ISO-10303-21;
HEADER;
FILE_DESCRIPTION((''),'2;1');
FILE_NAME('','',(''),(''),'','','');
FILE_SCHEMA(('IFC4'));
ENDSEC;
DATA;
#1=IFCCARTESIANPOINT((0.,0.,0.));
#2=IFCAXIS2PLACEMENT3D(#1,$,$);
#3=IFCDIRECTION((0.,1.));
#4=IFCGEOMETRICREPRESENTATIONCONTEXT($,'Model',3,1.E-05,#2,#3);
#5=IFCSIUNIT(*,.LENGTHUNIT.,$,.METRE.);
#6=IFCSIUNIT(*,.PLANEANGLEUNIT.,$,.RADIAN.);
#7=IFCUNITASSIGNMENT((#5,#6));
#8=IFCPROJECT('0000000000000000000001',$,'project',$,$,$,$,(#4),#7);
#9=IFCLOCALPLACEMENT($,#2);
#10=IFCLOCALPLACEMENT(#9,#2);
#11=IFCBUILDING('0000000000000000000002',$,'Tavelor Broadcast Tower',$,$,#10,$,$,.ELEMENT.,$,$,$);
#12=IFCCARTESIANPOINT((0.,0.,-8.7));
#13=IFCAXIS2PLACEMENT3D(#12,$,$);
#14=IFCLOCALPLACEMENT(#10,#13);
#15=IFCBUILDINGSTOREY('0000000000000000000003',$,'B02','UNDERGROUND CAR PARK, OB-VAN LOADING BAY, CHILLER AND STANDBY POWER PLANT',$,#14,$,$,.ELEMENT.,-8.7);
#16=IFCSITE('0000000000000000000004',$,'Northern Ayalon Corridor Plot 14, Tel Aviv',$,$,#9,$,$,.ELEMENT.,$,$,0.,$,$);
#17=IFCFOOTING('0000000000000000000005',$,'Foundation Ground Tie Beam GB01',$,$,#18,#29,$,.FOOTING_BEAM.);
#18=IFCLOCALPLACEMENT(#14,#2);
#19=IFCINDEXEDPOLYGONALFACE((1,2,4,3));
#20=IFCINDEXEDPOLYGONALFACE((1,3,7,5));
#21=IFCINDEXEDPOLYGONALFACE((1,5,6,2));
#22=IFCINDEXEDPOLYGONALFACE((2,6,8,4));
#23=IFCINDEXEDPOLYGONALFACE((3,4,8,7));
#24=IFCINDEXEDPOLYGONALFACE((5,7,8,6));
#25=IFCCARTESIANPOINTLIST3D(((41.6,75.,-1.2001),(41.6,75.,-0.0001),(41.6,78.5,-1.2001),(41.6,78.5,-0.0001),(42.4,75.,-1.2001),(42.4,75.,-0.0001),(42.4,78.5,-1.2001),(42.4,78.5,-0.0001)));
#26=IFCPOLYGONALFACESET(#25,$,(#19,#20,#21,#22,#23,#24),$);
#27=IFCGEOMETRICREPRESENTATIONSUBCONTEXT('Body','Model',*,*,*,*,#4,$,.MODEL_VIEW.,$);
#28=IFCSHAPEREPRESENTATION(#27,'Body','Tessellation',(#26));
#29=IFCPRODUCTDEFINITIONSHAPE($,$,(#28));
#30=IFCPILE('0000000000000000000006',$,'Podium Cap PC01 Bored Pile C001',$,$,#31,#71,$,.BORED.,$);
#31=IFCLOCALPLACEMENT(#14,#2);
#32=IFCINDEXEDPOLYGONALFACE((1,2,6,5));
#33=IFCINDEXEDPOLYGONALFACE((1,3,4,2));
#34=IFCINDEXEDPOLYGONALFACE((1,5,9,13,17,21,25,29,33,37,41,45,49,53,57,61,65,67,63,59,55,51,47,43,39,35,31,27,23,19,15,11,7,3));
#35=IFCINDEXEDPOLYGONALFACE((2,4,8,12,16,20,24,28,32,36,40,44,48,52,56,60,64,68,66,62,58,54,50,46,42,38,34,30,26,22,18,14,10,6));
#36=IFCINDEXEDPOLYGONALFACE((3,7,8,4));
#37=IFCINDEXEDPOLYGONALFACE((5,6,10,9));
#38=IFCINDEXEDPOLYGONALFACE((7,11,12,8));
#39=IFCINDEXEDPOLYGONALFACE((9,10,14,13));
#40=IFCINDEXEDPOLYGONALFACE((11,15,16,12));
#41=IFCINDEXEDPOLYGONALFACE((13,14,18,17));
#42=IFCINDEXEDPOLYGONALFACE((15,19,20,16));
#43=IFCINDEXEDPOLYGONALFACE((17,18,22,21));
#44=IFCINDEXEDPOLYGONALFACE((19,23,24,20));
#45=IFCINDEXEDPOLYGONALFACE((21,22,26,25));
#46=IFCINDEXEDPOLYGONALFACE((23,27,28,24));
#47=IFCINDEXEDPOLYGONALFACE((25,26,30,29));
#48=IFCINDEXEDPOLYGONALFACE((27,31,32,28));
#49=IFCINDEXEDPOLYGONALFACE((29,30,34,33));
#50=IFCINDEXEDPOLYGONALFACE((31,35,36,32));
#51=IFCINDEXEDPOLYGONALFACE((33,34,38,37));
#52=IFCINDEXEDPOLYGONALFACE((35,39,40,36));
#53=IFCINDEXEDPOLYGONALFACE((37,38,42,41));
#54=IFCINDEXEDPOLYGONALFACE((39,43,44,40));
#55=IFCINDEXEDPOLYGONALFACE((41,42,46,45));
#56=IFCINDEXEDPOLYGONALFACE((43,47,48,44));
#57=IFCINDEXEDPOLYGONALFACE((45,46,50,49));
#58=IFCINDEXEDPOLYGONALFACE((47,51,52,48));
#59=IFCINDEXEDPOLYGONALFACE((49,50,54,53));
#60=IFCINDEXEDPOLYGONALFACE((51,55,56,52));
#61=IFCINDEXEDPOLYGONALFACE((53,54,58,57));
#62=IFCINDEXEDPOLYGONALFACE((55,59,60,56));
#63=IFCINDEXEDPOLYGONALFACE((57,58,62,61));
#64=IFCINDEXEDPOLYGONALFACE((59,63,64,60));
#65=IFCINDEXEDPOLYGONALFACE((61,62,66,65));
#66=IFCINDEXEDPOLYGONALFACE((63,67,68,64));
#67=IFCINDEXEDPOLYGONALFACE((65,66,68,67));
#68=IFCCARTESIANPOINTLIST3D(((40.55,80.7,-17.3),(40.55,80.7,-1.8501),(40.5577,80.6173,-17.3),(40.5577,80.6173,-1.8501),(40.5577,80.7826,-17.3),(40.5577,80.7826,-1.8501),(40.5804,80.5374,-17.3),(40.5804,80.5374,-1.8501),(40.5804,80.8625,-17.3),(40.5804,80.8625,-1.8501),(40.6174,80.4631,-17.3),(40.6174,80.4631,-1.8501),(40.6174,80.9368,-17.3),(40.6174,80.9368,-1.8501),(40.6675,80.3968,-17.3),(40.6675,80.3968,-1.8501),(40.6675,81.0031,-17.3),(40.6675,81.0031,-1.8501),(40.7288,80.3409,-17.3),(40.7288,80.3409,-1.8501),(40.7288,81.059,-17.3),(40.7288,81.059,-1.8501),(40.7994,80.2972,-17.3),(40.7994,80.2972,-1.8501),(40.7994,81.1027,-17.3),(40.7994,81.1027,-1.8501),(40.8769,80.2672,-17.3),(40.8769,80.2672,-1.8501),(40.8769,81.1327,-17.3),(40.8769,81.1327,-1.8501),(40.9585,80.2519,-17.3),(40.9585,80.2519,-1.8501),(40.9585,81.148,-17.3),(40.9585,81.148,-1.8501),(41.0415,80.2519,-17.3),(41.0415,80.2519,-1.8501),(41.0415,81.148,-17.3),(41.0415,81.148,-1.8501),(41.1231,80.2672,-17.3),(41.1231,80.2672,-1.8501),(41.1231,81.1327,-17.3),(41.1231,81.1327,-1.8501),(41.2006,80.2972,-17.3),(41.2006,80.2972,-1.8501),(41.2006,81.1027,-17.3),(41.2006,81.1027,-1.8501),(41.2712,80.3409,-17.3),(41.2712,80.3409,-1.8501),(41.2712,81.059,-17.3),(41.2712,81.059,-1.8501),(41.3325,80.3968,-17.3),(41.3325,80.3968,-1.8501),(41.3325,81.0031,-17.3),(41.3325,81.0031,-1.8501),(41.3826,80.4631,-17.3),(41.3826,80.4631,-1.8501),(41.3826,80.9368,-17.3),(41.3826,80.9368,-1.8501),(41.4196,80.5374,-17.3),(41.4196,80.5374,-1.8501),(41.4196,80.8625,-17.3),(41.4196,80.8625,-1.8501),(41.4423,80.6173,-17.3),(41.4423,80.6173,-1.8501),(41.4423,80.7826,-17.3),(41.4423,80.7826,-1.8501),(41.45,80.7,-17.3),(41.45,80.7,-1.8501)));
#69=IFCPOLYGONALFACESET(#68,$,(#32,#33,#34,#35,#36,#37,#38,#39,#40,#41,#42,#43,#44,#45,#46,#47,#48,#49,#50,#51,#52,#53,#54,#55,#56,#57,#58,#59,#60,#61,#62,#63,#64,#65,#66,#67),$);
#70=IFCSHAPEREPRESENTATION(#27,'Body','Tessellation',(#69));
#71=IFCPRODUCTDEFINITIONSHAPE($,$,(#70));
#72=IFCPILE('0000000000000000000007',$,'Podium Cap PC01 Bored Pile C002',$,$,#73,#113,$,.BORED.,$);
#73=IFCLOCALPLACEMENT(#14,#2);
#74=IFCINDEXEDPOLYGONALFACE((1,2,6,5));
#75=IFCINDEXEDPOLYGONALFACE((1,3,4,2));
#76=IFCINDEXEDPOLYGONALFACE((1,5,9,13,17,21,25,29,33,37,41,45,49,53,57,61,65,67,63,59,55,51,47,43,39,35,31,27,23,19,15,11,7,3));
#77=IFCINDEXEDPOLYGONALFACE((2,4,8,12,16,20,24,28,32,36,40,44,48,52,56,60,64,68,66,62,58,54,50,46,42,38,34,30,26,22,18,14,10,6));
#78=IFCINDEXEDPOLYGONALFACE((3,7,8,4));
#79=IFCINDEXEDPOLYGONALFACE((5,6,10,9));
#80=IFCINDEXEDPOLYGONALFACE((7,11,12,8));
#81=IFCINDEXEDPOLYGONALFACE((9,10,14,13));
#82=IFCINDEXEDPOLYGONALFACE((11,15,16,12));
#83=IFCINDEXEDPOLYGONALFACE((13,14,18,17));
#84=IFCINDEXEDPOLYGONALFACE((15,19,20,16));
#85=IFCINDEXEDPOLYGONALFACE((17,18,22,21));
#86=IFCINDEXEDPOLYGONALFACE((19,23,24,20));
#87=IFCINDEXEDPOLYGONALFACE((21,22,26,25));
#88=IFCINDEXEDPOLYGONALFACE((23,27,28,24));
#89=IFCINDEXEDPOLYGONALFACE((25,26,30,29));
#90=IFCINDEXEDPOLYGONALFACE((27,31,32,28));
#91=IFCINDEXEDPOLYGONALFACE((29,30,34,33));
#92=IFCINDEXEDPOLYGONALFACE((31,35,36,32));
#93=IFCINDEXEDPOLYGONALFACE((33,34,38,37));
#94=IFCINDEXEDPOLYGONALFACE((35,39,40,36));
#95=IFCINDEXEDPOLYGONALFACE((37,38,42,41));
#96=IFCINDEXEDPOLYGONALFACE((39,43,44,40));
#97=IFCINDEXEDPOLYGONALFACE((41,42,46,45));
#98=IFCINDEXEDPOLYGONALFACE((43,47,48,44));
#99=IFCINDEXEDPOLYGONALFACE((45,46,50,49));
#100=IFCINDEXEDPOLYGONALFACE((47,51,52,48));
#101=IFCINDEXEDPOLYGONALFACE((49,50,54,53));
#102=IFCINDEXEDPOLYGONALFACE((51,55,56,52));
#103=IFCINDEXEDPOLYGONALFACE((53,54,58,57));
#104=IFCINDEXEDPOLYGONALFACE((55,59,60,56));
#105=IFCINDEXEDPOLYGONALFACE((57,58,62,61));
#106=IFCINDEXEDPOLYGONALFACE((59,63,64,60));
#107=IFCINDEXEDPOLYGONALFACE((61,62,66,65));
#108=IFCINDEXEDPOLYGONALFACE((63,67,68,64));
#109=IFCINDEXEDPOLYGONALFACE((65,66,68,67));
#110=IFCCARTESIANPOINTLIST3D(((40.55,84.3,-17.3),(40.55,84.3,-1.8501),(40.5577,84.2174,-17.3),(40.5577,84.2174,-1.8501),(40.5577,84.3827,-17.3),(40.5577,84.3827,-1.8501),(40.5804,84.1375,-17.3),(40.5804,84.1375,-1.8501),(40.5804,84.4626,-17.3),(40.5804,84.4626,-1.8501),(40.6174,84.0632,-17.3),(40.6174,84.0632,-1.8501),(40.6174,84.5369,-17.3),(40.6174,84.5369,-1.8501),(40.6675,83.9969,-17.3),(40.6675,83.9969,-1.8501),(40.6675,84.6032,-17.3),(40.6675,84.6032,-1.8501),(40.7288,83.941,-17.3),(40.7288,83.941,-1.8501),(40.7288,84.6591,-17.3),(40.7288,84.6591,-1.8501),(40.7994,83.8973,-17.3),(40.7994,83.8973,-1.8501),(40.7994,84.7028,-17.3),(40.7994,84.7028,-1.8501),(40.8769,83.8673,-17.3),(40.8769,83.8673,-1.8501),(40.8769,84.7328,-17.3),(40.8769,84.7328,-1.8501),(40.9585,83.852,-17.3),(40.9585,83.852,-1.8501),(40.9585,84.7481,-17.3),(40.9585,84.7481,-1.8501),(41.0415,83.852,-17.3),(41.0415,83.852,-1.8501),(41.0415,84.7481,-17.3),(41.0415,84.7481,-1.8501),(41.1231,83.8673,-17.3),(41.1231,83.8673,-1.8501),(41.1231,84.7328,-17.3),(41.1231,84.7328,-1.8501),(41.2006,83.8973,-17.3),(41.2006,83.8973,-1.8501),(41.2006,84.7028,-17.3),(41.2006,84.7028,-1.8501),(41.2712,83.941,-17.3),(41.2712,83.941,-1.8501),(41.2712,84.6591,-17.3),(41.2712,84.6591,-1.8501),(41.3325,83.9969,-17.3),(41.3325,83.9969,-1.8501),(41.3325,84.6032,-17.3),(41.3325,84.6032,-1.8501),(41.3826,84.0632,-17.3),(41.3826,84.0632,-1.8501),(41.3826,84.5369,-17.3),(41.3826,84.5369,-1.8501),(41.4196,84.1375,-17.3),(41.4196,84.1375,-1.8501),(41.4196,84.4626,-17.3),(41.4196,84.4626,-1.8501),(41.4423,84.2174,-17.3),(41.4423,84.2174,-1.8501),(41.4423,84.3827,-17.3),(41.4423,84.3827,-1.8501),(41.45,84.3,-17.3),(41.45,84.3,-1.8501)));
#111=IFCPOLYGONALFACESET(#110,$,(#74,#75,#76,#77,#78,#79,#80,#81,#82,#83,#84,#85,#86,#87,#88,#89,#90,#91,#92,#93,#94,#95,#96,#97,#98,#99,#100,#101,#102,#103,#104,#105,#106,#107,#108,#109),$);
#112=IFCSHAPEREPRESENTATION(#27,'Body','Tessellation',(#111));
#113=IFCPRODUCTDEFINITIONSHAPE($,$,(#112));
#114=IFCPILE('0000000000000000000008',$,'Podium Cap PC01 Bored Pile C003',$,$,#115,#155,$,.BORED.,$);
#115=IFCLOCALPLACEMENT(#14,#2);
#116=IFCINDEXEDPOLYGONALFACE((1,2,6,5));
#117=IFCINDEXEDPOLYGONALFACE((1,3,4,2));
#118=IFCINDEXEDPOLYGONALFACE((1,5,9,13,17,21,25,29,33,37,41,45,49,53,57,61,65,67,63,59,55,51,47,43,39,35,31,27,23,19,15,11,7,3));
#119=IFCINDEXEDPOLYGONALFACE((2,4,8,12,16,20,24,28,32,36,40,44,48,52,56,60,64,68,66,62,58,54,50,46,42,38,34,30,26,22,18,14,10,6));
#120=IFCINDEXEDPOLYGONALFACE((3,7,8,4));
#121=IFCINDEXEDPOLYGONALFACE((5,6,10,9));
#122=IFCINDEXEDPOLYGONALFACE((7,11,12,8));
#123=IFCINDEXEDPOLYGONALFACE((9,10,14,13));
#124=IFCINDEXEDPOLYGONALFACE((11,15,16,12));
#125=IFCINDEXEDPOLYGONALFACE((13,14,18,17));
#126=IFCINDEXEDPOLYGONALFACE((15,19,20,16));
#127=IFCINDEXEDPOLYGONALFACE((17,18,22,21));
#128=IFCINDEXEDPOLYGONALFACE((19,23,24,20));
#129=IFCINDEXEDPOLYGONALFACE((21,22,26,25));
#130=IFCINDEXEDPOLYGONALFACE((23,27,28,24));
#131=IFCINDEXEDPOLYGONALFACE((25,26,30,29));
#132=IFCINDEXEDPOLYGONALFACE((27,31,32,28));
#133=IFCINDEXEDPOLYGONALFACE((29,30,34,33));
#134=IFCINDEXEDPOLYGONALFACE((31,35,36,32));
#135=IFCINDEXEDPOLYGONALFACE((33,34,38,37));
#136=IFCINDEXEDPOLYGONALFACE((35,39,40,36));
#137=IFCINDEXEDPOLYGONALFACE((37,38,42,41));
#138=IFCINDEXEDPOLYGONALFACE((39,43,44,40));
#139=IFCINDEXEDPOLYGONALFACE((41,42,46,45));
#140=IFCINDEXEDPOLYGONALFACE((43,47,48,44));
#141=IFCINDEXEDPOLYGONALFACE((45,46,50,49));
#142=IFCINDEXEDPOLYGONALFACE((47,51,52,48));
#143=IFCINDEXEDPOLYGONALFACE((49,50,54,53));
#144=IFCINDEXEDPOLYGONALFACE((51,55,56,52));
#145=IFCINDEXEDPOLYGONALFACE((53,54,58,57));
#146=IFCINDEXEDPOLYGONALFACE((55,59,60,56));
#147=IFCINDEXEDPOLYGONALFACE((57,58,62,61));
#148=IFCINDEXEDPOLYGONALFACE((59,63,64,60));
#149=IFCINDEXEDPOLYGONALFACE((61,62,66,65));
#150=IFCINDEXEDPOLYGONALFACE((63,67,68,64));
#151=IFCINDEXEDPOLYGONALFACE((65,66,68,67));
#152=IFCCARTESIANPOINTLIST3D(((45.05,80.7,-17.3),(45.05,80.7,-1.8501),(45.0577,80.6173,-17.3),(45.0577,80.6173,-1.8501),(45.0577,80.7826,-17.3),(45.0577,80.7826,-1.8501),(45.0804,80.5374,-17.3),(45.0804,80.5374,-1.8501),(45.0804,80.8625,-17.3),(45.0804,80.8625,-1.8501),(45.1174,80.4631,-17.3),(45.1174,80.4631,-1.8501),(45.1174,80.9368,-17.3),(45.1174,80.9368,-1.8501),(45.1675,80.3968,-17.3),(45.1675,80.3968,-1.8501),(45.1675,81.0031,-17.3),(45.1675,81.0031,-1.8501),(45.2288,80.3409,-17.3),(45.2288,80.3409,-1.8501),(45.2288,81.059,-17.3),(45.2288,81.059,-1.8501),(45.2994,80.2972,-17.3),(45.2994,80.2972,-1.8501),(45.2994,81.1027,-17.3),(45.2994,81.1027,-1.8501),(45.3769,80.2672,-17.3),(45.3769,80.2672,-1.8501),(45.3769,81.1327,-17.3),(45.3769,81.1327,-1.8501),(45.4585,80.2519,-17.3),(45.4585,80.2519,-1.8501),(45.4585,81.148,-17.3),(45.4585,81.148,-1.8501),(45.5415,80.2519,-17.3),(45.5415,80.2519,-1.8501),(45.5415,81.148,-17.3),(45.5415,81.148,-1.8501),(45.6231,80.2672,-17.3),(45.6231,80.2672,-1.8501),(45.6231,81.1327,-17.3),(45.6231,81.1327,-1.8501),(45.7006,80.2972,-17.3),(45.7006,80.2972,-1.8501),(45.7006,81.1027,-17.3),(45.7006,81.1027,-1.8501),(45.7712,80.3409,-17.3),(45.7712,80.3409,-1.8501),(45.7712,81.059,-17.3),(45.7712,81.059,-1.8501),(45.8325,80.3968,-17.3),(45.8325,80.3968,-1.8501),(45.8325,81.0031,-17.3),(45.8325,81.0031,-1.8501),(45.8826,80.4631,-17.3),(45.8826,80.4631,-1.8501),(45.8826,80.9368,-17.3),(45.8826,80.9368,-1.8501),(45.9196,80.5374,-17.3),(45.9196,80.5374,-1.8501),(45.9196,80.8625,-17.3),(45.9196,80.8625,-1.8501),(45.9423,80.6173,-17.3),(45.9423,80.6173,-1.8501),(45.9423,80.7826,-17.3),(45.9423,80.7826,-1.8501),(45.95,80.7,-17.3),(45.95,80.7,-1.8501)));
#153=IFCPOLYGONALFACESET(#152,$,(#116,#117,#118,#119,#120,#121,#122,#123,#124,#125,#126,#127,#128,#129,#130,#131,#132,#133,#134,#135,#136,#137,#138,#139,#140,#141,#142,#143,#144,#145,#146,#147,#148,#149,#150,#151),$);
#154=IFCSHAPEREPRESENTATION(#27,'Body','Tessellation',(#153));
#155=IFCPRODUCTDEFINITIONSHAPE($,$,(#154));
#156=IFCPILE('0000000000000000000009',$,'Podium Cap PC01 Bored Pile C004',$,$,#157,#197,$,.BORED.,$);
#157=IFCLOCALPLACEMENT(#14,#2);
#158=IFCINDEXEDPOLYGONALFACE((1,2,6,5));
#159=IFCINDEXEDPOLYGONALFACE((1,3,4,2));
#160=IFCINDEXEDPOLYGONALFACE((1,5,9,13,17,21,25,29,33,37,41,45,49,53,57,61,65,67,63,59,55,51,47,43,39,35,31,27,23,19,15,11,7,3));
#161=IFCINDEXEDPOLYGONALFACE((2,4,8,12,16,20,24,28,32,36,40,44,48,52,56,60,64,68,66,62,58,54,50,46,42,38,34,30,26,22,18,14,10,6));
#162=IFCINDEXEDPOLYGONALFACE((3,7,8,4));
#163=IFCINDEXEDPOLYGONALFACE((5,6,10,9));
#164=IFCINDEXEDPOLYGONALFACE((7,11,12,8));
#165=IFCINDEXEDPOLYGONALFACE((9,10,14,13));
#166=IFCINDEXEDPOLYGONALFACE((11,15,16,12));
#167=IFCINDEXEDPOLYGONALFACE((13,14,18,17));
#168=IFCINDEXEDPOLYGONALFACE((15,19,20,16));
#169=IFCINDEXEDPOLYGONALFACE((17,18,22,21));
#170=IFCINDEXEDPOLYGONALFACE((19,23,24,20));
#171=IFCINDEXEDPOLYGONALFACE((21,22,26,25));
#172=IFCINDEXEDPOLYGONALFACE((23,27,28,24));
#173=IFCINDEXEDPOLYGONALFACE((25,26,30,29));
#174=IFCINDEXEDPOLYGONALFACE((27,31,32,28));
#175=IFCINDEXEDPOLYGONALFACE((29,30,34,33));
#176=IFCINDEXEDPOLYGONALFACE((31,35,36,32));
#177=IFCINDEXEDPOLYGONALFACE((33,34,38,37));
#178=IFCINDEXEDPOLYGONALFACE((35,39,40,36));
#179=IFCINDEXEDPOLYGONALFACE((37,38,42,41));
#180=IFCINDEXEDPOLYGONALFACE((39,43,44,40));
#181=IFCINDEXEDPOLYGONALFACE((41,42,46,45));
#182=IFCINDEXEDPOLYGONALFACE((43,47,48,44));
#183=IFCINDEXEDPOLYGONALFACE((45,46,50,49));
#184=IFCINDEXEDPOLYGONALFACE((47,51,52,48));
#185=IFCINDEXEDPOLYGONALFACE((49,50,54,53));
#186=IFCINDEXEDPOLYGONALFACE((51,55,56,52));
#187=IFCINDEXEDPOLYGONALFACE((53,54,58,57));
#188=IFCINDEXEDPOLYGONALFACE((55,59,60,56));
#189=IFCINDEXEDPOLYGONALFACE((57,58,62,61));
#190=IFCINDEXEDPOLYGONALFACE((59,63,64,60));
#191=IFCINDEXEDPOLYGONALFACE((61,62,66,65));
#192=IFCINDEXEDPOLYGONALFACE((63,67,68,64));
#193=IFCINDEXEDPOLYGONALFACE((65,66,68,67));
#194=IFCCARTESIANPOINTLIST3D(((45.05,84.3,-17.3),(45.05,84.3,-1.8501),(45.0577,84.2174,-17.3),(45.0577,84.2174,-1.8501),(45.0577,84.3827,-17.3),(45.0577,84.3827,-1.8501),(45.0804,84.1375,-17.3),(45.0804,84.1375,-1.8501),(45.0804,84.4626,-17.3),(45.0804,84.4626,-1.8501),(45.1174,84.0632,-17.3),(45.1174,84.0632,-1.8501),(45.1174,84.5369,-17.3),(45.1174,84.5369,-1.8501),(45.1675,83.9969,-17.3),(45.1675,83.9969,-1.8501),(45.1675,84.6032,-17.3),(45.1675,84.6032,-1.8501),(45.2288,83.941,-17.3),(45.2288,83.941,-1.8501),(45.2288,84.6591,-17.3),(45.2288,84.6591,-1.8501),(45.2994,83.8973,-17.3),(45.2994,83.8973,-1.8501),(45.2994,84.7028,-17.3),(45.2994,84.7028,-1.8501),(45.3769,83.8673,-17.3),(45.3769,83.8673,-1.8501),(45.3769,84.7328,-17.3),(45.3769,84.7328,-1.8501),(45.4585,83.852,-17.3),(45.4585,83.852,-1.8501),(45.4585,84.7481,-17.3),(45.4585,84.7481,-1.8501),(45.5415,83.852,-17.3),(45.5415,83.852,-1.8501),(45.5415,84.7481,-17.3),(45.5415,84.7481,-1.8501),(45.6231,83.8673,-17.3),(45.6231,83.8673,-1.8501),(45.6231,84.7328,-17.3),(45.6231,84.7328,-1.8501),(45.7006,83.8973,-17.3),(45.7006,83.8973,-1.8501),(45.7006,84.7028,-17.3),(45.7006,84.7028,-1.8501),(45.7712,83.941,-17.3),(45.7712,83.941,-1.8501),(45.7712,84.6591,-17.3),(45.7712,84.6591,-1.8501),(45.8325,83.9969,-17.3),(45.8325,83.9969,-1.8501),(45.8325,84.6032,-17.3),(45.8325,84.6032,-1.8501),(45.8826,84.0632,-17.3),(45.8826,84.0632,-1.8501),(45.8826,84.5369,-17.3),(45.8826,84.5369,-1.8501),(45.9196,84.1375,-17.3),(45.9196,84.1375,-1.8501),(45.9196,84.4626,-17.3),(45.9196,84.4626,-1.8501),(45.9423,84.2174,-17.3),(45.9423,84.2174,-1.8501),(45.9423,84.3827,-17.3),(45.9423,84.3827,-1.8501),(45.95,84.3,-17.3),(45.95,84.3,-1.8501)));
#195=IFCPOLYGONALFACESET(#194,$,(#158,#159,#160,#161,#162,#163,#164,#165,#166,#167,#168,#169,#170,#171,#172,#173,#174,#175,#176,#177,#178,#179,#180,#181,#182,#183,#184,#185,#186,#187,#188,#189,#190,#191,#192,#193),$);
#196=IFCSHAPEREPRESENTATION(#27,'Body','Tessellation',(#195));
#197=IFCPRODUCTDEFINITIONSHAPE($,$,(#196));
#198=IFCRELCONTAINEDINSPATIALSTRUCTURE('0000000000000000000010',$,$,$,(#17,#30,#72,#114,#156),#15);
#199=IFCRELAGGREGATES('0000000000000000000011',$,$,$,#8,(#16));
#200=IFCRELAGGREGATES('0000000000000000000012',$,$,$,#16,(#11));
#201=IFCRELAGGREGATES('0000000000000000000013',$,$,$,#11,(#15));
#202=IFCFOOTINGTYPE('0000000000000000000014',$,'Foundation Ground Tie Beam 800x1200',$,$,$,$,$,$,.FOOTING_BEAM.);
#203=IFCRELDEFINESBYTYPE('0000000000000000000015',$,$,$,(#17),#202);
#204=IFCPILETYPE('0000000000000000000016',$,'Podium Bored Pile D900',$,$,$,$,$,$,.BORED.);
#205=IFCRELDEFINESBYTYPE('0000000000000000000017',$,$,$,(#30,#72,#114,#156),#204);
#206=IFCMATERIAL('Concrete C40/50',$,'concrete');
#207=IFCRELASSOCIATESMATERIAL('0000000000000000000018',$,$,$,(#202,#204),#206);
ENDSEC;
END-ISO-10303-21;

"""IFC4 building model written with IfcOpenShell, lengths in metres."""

from ifc_helpers import new_model, si_unit, direction, frame, origin, origin_2d, place, context, subcontext, project, spatial, rectangle, circle, extrude, material, material_profile, profile_set, type_object, element, save


model = new_model("IFC4")

# Units and contexts
model_context = context("Model", 3, precision=1e-05, world=origin(), true_north=direction((0.0, 1.0)))
body_context = subcontext(model_context, "Body", "Model", "MODEL_VIEW")
ifc_project = project(units=[si_unit("LENGTHUNIT", "METRE"), si_unit("PLANEANGLEUNIT", "RADIAN")], contexts=[model_context])

# Site, building, storey
site_placement = place(None, origin())
site = spatial("IfcSite", under=ifc_project, at=site_placement, Name="Northern Ayalon Corridor Plot 14, Tel Aviv", CompositionType="ELEMENT", RefElevation=0.0)
building_placement = place(site_placement, origin())
building = spatial("IfcBuilding", under=site, at=building_placement, Name="Tavelor Broadcast Tower", CompositionType="ELEMENT")
storey_placement = place(building_placement, frame((0.0, 0.0, -8.7)))
storey = spatial("IfcBuildingStorey", under=building, at=storey_placement, Name="B02", Description="UNDERGROUND CAR PARK, OB-VAN LOADING BAY, CHILLER AND STANDBY POWER PLANT", CompositionType="ELEMENT", Elevation=-8.7)

# Footing
ifc_material_1 = material(Name="Concrete C40/50", Category="concrete")
ifc_material_profile_1 = material_profile(ifc_material_1, rectangle(XDim=0.8, YDim=1.2, at=origin_2d()), Name="RC 800x1200")
ifc_profile_set_1 = profile_set([ifc_material_profile_1], Name="Concrete C40/50")
footing_type = type_object("IfcFootingType", Name="Foundation Ground Tie Beam 800x1200", PredefinedType="FOOTING_BEAM", material=ifc_profile_set_1)
footing_placement = place(storey_placement, frame((42.0, 75.0, -0.6001), z_axis=(0.0, 1.0, 0.0), x_axis=(-1.0, 0.0, 0.0)))
element("IfcFooting", 1, at=footing_placement, inside=storey, type_object=footing_type, Name="Foundation Ground Tie Beam GB01", PredefinedType="FOOTING_BEAM", context=body_context, shape_type="SweptSolid", body=[
    extrude(rectangle(XDim=0.8, YDim=1.2, at=origin_2d()), origin(), (0.0, 0.0, 1.0), 3.5),
])

# Piles
ifc_material_profile_2 = material_profile(ifc_material_1, circle(Radius=0.45, at=origin_2d()), Name="PILE D900")
ifc_profile_set_2 = profile_set([ifc_material_profile_2], Name="Concrete C40/50")
pile_type_1 = type_object("IfcPileType", Name="Podium Bored Pile D900", PredefinedType="BORED", material=ifc_profile_set_2)
for number, where, z_axis, x_axis, name in (
    (2, (41.0, 80.7, -1.8501), (0.0, 0.0, -1.0), (1.0, 0.0, 0.0), "Podium Cap PC01 Bored Pile C001"),
    (3, (41.0, 84.3, -1.8501), (0.0, 0.0, -1.0), (1.0, 0.0, 0.0), "Podium Cap PC01 Bored Pile C002"),
    (4, (45.5, 80.7, -1.8501), (0.0, 0.0, -1.0), (1.0, 0.0, 0.0), "Podium Cap PC01 Bored Pile C003"),
    (5, (45.5, 84.3, -1.8501), (0.0, 0.0, -1.0), (1.0, 0.0, 0.0), "Podium Cap PC01 Bored Pile C004"),
):
    element("IfcPile", number, at=place(storey_placement, frame(where, z_axis=z_axis, x_axis=x_axis)), inside=storey, type_object=pile_type_1, Name=name, PredefinedType="BORED", context=body_context, shape_type="SweptSolid", body=[
        extrude(circle(Radius=0.45, at=origin_2d()), origin(), (0.0, 0.0, 1.0), 15.45),
    ])

save(model, "model.ifc")
